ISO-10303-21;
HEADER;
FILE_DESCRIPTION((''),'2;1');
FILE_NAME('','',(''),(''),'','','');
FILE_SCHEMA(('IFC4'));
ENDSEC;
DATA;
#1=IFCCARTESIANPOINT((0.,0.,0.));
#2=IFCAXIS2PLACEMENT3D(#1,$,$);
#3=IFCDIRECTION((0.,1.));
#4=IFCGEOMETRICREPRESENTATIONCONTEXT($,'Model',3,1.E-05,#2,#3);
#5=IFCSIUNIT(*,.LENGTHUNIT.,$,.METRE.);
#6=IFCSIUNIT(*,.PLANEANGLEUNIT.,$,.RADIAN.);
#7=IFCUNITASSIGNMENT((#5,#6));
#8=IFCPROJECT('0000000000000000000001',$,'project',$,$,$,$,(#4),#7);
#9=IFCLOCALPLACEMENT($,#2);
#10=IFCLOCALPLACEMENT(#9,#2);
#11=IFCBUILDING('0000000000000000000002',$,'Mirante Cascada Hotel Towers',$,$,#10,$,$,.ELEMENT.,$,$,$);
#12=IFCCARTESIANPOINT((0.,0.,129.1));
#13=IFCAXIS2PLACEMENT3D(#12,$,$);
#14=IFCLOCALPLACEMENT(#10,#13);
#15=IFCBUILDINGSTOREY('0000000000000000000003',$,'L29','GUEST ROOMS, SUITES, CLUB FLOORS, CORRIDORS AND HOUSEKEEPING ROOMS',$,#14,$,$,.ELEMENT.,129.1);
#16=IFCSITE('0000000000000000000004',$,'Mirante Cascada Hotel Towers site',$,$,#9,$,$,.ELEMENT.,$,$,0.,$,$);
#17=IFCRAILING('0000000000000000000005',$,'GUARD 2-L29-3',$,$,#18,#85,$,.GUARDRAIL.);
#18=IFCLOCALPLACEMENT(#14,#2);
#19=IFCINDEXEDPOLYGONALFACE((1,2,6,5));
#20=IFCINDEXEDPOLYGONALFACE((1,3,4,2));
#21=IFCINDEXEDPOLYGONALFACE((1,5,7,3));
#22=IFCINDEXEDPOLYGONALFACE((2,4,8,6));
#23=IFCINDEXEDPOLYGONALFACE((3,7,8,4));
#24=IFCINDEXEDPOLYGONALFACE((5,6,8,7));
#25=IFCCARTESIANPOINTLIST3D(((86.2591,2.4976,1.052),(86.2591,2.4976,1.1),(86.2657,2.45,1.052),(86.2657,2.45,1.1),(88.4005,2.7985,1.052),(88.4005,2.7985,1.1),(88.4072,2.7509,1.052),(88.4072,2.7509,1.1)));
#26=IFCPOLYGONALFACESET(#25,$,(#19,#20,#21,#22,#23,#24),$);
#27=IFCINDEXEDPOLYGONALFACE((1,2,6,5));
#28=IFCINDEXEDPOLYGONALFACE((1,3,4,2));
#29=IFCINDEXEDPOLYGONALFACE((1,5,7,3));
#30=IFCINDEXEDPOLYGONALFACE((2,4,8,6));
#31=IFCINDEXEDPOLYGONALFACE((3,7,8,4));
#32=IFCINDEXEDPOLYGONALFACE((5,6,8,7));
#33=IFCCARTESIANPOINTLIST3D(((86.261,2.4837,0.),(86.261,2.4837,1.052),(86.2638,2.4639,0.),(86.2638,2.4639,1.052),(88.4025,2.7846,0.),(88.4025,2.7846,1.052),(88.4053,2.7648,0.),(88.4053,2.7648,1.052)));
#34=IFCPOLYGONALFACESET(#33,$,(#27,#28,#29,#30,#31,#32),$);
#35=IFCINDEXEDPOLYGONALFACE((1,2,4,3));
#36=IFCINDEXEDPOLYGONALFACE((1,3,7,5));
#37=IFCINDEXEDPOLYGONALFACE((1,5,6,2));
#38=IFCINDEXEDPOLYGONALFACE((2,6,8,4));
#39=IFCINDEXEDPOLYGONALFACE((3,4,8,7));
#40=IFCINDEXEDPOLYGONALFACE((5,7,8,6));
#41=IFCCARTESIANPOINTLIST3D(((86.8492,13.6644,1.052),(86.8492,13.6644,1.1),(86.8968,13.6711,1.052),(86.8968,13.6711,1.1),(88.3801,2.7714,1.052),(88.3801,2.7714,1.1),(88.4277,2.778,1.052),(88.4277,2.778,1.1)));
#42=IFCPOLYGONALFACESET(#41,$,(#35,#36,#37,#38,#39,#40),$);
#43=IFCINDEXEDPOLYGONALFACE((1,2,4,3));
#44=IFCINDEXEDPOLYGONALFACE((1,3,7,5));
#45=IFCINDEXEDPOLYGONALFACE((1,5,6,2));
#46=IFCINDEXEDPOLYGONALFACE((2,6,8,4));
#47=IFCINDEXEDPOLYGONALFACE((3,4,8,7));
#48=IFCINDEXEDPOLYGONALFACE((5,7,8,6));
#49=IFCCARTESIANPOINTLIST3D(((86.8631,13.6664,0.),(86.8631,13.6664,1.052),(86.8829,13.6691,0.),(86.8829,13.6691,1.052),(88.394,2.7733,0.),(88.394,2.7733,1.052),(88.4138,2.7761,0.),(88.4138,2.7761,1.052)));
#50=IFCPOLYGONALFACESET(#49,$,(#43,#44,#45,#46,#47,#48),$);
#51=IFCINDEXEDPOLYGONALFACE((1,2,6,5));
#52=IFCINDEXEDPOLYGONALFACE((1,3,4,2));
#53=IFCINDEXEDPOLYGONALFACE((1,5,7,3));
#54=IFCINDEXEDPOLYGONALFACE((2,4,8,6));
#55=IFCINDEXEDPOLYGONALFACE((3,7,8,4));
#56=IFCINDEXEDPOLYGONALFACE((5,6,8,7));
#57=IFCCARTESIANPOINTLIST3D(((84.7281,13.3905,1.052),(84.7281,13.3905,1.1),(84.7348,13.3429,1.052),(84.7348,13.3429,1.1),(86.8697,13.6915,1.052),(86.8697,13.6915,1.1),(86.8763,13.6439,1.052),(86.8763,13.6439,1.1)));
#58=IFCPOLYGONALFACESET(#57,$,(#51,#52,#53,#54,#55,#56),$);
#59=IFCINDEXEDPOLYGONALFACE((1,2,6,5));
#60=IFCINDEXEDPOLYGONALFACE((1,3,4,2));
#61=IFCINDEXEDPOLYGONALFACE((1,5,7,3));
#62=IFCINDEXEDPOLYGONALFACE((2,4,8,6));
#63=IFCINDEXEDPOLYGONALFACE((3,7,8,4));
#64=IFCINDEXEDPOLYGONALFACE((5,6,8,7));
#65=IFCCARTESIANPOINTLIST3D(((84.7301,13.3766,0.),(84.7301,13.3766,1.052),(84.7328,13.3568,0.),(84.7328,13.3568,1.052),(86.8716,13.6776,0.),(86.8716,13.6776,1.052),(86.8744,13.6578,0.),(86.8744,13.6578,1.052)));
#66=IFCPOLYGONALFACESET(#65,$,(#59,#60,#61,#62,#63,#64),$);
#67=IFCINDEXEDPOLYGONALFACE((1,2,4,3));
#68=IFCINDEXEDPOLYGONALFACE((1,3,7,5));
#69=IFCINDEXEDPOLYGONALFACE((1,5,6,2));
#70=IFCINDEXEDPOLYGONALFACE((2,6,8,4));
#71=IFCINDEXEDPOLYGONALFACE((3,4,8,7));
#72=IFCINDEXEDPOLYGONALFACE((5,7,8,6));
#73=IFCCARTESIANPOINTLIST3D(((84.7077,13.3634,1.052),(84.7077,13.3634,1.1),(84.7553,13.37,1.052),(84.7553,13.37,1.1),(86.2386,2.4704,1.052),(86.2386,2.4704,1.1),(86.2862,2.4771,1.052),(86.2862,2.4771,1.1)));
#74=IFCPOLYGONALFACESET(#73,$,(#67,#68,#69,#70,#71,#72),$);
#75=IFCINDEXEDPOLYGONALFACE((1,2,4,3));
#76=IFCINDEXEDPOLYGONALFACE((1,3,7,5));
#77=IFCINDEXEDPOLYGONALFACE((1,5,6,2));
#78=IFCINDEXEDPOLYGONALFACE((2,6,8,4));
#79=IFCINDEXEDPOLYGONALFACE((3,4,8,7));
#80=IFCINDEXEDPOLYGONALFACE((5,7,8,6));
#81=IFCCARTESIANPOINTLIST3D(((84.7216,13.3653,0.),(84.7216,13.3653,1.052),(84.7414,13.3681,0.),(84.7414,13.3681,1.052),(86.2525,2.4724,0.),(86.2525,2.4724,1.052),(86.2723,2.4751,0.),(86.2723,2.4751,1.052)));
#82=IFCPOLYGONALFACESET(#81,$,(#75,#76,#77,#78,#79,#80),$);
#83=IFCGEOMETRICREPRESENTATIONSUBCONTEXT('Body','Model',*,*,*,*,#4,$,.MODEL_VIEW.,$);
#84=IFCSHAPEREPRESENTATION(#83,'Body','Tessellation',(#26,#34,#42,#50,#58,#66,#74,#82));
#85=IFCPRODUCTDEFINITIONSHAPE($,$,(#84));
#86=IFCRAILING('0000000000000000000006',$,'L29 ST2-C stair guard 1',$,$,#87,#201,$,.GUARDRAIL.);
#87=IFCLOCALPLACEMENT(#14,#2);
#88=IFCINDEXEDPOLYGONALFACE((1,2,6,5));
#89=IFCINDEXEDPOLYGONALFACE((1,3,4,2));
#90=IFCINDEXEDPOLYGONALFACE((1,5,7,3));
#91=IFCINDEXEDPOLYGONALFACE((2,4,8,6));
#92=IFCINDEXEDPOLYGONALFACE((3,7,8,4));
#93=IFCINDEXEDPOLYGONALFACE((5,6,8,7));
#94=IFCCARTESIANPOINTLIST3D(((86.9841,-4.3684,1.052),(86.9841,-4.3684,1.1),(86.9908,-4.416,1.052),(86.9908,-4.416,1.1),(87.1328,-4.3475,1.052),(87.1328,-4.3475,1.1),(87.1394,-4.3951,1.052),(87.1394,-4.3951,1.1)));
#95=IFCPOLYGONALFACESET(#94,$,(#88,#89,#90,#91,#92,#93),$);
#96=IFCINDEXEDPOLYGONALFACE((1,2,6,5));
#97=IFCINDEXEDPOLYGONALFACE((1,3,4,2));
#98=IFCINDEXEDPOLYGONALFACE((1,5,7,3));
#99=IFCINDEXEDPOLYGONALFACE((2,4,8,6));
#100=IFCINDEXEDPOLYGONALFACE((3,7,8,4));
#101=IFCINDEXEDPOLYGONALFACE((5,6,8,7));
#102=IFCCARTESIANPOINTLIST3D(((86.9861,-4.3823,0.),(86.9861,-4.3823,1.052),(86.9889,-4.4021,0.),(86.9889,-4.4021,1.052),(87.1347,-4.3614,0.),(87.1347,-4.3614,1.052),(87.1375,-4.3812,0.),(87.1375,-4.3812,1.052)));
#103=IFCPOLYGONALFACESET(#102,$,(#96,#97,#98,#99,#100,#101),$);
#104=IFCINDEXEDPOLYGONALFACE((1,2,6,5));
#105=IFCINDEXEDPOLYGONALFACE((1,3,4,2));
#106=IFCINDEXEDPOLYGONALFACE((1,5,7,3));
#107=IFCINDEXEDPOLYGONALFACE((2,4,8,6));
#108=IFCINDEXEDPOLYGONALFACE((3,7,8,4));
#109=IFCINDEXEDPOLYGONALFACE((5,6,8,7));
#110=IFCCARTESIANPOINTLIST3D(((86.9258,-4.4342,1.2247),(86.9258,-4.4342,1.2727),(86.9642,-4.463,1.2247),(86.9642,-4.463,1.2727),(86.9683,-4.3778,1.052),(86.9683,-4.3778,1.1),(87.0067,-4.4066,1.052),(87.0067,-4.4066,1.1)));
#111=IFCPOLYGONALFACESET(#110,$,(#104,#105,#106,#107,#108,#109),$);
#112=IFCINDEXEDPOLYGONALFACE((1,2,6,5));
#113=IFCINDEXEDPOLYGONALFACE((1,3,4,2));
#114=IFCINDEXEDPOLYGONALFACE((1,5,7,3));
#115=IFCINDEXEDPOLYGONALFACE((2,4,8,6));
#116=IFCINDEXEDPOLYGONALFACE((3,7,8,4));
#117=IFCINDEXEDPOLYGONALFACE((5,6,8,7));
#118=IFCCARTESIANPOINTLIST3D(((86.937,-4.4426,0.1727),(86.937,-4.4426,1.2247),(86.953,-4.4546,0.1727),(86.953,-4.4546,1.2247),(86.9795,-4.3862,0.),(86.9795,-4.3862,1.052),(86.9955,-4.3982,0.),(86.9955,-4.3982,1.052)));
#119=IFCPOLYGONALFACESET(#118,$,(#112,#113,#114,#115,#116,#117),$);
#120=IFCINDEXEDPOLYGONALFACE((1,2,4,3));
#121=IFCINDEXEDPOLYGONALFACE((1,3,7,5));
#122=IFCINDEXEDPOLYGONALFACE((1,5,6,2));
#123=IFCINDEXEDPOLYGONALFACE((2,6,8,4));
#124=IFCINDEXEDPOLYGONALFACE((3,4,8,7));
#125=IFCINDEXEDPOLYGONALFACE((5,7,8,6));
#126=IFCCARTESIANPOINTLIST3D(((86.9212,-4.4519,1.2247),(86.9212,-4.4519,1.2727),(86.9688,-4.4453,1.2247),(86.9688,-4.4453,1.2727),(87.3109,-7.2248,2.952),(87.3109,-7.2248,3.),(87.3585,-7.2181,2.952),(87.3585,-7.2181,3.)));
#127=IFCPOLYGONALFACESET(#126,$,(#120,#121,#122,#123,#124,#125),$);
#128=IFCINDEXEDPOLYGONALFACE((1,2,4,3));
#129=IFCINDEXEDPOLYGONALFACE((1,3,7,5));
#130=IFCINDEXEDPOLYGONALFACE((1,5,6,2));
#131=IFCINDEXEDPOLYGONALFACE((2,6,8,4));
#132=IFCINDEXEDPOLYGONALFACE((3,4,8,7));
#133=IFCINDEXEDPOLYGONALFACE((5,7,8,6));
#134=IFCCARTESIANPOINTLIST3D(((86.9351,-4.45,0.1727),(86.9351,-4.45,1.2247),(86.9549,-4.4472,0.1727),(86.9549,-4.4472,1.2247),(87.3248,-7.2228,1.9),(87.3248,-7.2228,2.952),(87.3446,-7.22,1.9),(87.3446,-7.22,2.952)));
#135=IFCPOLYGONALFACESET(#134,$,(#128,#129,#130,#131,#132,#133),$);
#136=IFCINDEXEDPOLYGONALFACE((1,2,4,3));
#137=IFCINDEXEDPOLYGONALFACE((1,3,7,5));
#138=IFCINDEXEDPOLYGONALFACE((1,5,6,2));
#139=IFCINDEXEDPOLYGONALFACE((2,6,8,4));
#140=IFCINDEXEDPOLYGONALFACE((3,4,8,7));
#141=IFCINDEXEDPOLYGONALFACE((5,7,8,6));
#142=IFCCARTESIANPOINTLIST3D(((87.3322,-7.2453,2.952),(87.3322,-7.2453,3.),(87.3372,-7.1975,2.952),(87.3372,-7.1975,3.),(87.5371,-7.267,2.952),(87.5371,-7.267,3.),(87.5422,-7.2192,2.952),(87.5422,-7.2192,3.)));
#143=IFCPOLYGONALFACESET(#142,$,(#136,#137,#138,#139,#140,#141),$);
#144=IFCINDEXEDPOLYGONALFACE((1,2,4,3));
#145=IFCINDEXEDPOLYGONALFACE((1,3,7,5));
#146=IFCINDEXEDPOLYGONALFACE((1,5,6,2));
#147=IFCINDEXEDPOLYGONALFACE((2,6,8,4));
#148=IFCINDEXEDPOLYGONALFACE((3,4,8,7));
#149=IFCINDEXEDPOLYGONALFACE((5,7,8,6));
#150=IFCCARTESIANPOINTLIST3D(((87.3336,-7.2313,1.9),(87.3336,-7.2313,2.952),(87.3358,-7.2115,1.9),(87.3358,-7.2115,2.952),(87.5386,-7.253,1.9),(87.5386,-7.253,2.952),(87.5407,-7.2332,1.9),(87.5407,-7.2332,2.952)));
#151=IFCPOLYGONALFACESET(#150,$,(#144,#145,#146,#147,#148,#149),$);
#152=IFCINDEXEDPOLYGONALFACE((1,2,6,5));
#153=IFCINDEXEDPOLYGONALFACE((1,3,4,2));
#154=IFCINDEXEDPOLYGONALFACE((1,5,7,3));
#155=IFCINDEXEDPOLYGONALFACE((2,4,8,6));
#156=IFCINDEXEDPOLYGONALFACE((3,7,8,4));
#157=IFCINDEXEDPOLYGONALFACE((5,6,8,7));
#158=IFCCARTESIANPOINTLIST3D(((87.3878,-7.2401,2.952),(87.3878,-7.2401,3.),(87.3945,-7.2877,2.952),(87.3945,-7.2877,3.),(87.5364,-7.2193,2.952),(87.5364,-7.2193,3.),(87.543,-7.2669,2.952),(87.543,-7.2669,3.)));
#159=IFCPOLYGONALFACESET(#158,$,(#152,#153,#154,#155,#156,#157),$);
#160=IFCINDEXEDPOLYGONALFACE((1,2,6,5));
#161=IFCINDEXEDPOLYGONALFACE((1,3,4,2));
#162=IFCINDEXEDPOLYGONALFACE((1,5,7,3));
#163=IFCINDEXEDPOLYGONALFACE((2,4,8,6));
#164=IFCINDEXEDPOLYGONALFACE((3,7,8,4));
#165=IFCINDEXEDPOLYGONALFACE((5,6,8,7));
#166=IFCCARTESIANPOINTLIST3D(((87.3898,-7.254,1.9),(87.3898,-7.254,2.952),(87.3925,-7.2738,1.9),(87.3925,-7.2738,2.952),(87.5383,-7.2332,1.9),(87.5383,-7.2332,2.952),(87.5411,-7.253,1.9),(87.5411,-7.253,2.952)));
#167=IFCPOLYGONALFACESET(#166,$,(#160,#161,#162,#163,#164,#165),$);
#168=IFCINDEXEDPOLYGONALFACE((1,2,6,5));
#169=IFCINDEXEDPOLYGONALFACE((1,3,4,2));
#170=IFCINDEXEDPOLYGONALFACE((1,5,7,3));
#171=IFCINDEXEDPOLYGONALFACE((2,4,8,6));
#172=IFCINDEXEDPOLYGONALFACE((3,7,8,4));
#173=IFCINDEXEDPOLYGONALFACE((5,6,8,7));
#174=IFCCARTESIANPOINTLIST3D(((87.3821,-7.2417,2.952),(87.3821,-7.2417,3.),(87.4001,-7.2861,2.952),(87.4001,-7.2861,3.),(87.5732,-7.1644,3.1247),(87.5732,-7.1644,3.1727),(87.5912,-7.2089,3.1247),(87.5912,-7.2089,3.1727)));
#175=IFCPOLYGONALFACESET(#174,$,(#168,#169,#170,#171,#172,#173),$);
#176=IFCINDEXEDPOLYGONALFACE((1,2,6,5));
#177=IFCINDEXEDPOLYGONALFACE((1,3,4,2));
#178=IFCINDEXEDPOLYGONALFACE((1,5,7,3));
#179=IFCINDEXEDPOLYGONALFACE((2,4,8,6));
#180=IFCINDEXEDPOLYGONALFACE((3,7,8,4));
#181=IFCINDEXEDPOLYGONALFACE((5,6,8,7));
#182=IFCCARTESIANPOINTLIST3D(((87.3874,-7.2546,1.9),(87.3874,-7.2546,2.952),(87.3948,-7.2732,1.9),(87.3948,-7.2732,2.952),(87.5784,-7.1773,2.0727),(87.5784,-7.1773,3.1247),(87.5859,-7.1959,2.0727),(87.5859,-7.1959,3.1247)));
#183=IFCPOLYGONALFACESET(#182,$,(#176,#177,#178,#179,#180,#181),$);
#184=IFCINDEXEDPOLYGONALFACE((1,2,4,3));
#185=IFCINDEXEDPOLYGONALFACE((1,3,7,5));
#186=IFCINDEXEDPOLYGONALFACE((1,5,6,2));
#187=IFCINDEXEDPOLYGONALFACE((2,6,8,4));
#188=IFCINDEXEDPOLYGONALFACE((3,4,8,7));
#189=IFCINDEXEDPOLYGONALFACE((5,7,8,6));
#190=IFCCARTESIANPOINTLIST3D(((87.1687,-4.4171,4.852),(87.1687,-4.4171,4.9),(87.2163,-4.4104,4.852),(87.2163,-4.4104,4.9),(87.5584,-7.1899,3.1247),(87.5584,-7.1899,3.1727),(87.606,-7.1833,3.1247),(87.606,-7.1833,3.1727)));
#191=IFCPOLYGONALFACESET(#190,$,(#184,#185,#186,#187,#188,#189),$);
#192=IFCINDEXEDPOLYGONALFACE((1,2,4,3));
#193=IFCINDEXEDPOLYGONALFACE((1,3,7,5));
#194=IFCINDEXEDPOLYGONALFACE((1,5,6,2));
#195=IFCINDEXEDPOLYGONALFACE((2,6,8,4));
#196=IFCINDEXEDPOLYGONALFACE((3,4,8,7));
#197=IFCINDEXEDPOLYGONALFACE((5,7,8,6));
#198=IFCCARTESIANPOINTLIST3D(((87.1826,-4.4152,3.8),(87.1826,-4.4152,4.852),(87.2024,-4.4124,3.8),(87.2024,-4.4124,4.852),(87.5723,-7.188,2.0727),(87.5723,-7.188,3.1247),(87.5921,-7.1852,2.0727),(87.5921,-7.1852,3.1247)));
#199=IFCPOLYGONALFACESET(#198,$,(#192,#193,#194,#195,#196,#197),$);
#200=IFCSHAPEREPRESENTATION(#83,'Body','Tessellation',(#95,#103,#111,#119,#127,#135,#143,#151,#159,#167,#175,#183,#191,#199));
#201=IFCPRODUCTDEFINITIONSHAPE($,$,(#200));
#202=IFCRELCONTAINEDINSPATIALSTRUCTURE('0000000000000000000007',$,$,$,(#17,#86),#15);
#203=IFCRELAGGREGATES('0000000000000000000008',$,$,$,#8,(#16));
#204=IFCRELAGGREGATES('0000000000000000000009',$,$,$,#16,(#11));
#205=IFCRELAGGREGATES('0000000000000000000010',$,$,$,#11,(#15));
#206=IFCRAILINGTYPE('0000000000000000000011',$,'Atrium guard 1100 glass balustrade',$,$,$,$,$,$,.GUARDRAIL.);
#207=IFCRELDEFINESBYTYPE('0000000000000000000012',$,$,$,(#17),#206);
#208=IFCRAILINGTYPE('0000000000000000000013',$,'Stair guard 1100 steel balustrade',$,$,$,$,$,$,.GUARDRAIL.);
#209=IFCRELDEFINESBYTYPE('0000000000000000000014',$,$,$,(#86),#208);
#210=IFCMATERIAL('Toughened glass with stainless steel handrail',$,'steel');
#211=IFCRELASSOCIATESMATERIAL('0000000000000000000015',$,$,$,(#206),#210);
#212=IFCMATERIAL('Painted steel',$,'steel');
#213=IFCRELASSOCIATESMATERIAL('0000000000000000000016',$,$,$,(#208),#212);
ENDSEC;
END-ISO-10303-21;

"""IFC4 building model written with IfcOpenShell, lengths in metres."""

from ifc_helpers import new_model, si_unit, direction, frame, origin, origin_2d, place, context, subcontext, project, spatial, rectangle, extrude, material, type_object, element, save


model = new_model("IFC4")

# Units and contexts
model_context = context("Model", 3, precision=1e-05, world=origin(), true_north=direction((0.0, 1.0)))
body_context = subcontext(model_context, "Body", "Model", "MODEL_VIEW")
ifc_project = project(units=[si_unit("LENGTHUNIT", "METRE"), si_unit("PLANEANGLEUNIT", "RADIAN")], contexts=[model_context])

# Site, building, storey
site_placement = place(None, origin())
site = spatial("IfcSite", under=ifc_project, at=site_placement, Name="Mirante Cascada Hotel Towers site", CompositionType="ELEMENT", RefElevation=0.0)
building_placement = place(site_placement, origin())
building = spatial("IfcBuilding", under=site, at=building_placement, Name="Mirante Cascada Hotel Towers", CompositionType="ELEMENT")
storey_placement = place(building_placement, frame((0.0, 0.0, 129.1)))
storey = spatial("IfcBuildingStorey", under=building, at=storey_placement, Name="L29", Description="GUEST ROOMS, SUITES, CLUB FLOORS, CORRIDORS AND HOUSEKEEPING ROOMS", CompositionType="ELEMENT", Elevation=129.1)

# Railings
ifc_material_1 = material(Name="Toughened glass with stainless steel handrail", Category="steel")
railing_type_1 = type_object("IfcRailingType", Name="Atrium guard 1100 glass balustrade", PredefinedType="GUARDRAIL", material=ifc_material_1)
railing_1_placement = place(storey_placement, frame((86.2624, 2.4738, 0.0)))
element("IfcRailing", 1, at=railing_1_placement, inside=storey, type_object=railing_type_1, Name="GUARD 2-L29-3", PredefinedType="GUARDRAIL", context=body_context, shape_type="SweptSolid", body=[
    extrude(rectangle(XDim=0.048, YDim=0.048, at=origin_2d()), frame((0.0, 0.0, 1.076), z_axis=(0.990272, 0.139142, 0.0), x_axis=(-0.139142, 0.990272, 0.0)), (0.0, 0.0, 1.0), 2.1625),
    extrude(rectangle(XDim=0.02, YDim=1.052, at=origin_2d()), frame((0.0, 0.0, 0.526), z_axis=(0.990272, 0.139142, 0.0), x_axis=(-0.139142, 0.990272, 0.0)), (0.0, 0.0, 1.0), 2.1625),
    extrude(rectangle(XDim=0.048, YDim=0.048, at=origin_2d()), frame((2.1415, 0.3009, 1.076), z_axis=(-0.139172, 0.990268, 0.0), x_axis=(-0.990268, -0.139172, 0.0)), (0.0, 0.0, 1.0), 11.0001),
    extrude(rectangle(XDim=0.02, YDim=1.052, at=origin_2d()), frame((2.1415, 0.3009, 0.526), z_axis=(-0.139172, 0.990268, 0.0), x_axis=(-0.990268, -0.139172, 0.0)), (0.0, 0.0, 1.0), 11.0001),
    extrude(rectangle(XDim=0.048, YDim=0.048, at=origin_2d()), frame((0.6106, 11.1939, 1.076), z_axis=(-0.990266, -0.139187, 0.0), x_axis=(0.139187, -0.990266, 0.0)), (0.0, 0.0, 1.0), 2.1626),
    extrude(rectangle(XDim=0.02, YDim=1.052, at=origin_2d()), frame((0.6106, 11.1939, 0.526), z_axis=(-0.990266, -0.139187, 0.0), x_axis=(0.139187, -0.990266, 0.0)), (0.0, 0.0, 1.0), 2.1626),
    extrude(rectangle(XDim=0.048, YDim=0.048, at=origin_2d()), frame((-1.5309, 10.8929, 1.076), z_axis=(0.139173, -0.990268, 0.0), x_axis=(0.990268, 0.139173, 0.0)), (0.0, 0.0, 1.0), 11.0),
    extrude(rectangle(XDim=0.02, YDim=1.052, at=origin_2d()), frame((-1.5309, 10.8929, 0.526), z_axis=(0.139173, -0.990268, 0.0), x_axis=(0.990268, 0.139173, 0.0)), (0.0, 0.0, 1.0), 11.0),
])
ifc_material_2 = material(Name="Painted steel", Category="steel")
railing_type_2 = type_object("IfcRailingType", Name="Stair guard 1100 steel balustrade", PredefinedType="GUARDRAIL", material=ifc_material_2)
railing_2_placement = place(storey_placement, frame((87.1361, -4.3713, 0.0)))
element("IfcRailing", 2, at=railing_2_placement, inside=storey, type_object=railing_type_2, Name="L29 ST2-C stair guard 1", PredefinedType="GUARDRAIL", context=body_context, shape_type="SweptSolid", body=[
    extrude(rectangle(XDim=0.048, YDim=0.048, at=origin_2d()), frame((0.0, 0.0, 1.076), z_axis=(-0.990254, -0.139275, 0.0), x_axis=(0.139275, -0.990254, 0.0)), (0.0, 0.0, 1.0), 0.1501),
    extrude(rectangle(XDim=0.02, YDim=1.052, at=origin_2d()), frame((0.0, 0.0, 0.526), z_axis=(-0.990254, -0.139275, 0.0), x_axis=(0.139275, -0.990254, 0.0)), (0.0, 0.0, 1.0), 0.1501),
    extrude(rectangle(XDim=0.048, YDim=0.048, at=origin_2d()), frame((-0.1486, -0.0209, 1.076), z_axis=(-0.601811, -0.798639, 0.0), x_axis=(0.798639, -0.601811, 0.0)), (0.0, 0.925603, 0.378496), 0.1866),
    extrude(rectangle(XDim=0.02, YDim=1.052, at=origin_2d()), frame((-0.1486, -0.0209, 0.526), z_axis=(-0.601811, -0.798639, 0.0), x_axis=(0.798639, -0.601811, 0.0)), (0.0, 0.925603, 0.378496), 0.1866),
    extrude(rectangle(XDim=0.048, YDim=0.048, at=origin_2d()), frame((-0.1911, -0.0773, 1.2487), z_axis=(0.139176, -0.990268, 0.0), x_axis=(0.990268, 0.139176, 0.0)), (0.0, 0.525021, 0.851089), 3.29),
    extrude(rectangle(XDim=0.02, YDim=1.052, at=origin_2d()), frame((-0.1911, -0.0773, 0.6987), z_axis=(0.139176, -0.990268, 0.0), x_axis=(0.990268, 0.139176, 0.0)), (0.0, 0.525021, 0.851089), 3.29),
    extrude(rectangle(XDim=0.048, YDim=0.048, at=origin_2d()), frame((0.1986, -2.8501, 2.976), z_axis=(0.994444, -0.105266, 0.0), x_axis=(0.105266, 0.994444, 0.0)), (0.0, 0.0, 1.0), 0.2061),
    extrude(rectangle(XDim=0.02, YDim=1.052, at=origin_2d()), frame((0.1986, -2.8501, 2.426), z_axis=(0.994444, -0.105266, 0.0), x_axis=(0.105266, 0.994444, 0.0)), (0.0, 0.0, 1.0), 0.2061),
    extrude(rectangle(XDim=0.048, YDim=0.048, at=origin_2d()), frame((0.4036, -2.8718, 2.976), z_axis=(-0.990345, -0.138622, 0.0), x_axis=(0.138622, -0.990345, 0.0)), (0.0, 0.0, 1.0), 0.15),
    extrude(rectangle(XDim=0.02, YDim=1.052, at=origin_2d()), frame((0.4036, -2.8718, 2.426), z_axis=(-0.990345, -0.138622, 0.0), x_axis=(0.138622, -0.990345, 0.0)), (0.0, 0.0, 1.0), 0.15),
    extrude(rectangle(XDim=0.048, YDim=0.048, at=origin_2d()), frame((0.255, -2.8926, 2.976), z_axis=(0.927031, 0.374984, 0.0), x_axis=(-0.374984, 0.927031, 0.0)), (0.0, 0.64219, 0.766545), 0.2689),
    extrude(rectangle(XDim=0.02, YDim=1.052, at=origin_2d()), frame((0.255, -2.8926, 2.426), z_axis=(0.927031, 0.374984, 0.0), x_axis=(-0.374984, 0.927031, 0.0)), (0.0, 0.64219, 0.766545), 0.2689),
    extrude(rectangle(XDim=0.048, YDim=0.048, at=origin_2d()), frame((0.4461, -2.8153, 3.1487), z_axis=(-0.139176, 0.990268, 0.0), x_axis=(-0.990268, -0.139176, 0.0)), (0.0, 0.525021, 0.851089), 3.29),
    extrude(rectangle(XDim=0.02, YDim=1.052, at=origin_2d()), frame((0.4461, -2.8153, 2.5987), z_axis=(-0.139176, 0.990268, 0.0), x_axis=(-0.990268, -0.139176, 0.0)), (0.0, 0.525021, 0.851089), 3.29),
])

save(model, "model.ifc")
